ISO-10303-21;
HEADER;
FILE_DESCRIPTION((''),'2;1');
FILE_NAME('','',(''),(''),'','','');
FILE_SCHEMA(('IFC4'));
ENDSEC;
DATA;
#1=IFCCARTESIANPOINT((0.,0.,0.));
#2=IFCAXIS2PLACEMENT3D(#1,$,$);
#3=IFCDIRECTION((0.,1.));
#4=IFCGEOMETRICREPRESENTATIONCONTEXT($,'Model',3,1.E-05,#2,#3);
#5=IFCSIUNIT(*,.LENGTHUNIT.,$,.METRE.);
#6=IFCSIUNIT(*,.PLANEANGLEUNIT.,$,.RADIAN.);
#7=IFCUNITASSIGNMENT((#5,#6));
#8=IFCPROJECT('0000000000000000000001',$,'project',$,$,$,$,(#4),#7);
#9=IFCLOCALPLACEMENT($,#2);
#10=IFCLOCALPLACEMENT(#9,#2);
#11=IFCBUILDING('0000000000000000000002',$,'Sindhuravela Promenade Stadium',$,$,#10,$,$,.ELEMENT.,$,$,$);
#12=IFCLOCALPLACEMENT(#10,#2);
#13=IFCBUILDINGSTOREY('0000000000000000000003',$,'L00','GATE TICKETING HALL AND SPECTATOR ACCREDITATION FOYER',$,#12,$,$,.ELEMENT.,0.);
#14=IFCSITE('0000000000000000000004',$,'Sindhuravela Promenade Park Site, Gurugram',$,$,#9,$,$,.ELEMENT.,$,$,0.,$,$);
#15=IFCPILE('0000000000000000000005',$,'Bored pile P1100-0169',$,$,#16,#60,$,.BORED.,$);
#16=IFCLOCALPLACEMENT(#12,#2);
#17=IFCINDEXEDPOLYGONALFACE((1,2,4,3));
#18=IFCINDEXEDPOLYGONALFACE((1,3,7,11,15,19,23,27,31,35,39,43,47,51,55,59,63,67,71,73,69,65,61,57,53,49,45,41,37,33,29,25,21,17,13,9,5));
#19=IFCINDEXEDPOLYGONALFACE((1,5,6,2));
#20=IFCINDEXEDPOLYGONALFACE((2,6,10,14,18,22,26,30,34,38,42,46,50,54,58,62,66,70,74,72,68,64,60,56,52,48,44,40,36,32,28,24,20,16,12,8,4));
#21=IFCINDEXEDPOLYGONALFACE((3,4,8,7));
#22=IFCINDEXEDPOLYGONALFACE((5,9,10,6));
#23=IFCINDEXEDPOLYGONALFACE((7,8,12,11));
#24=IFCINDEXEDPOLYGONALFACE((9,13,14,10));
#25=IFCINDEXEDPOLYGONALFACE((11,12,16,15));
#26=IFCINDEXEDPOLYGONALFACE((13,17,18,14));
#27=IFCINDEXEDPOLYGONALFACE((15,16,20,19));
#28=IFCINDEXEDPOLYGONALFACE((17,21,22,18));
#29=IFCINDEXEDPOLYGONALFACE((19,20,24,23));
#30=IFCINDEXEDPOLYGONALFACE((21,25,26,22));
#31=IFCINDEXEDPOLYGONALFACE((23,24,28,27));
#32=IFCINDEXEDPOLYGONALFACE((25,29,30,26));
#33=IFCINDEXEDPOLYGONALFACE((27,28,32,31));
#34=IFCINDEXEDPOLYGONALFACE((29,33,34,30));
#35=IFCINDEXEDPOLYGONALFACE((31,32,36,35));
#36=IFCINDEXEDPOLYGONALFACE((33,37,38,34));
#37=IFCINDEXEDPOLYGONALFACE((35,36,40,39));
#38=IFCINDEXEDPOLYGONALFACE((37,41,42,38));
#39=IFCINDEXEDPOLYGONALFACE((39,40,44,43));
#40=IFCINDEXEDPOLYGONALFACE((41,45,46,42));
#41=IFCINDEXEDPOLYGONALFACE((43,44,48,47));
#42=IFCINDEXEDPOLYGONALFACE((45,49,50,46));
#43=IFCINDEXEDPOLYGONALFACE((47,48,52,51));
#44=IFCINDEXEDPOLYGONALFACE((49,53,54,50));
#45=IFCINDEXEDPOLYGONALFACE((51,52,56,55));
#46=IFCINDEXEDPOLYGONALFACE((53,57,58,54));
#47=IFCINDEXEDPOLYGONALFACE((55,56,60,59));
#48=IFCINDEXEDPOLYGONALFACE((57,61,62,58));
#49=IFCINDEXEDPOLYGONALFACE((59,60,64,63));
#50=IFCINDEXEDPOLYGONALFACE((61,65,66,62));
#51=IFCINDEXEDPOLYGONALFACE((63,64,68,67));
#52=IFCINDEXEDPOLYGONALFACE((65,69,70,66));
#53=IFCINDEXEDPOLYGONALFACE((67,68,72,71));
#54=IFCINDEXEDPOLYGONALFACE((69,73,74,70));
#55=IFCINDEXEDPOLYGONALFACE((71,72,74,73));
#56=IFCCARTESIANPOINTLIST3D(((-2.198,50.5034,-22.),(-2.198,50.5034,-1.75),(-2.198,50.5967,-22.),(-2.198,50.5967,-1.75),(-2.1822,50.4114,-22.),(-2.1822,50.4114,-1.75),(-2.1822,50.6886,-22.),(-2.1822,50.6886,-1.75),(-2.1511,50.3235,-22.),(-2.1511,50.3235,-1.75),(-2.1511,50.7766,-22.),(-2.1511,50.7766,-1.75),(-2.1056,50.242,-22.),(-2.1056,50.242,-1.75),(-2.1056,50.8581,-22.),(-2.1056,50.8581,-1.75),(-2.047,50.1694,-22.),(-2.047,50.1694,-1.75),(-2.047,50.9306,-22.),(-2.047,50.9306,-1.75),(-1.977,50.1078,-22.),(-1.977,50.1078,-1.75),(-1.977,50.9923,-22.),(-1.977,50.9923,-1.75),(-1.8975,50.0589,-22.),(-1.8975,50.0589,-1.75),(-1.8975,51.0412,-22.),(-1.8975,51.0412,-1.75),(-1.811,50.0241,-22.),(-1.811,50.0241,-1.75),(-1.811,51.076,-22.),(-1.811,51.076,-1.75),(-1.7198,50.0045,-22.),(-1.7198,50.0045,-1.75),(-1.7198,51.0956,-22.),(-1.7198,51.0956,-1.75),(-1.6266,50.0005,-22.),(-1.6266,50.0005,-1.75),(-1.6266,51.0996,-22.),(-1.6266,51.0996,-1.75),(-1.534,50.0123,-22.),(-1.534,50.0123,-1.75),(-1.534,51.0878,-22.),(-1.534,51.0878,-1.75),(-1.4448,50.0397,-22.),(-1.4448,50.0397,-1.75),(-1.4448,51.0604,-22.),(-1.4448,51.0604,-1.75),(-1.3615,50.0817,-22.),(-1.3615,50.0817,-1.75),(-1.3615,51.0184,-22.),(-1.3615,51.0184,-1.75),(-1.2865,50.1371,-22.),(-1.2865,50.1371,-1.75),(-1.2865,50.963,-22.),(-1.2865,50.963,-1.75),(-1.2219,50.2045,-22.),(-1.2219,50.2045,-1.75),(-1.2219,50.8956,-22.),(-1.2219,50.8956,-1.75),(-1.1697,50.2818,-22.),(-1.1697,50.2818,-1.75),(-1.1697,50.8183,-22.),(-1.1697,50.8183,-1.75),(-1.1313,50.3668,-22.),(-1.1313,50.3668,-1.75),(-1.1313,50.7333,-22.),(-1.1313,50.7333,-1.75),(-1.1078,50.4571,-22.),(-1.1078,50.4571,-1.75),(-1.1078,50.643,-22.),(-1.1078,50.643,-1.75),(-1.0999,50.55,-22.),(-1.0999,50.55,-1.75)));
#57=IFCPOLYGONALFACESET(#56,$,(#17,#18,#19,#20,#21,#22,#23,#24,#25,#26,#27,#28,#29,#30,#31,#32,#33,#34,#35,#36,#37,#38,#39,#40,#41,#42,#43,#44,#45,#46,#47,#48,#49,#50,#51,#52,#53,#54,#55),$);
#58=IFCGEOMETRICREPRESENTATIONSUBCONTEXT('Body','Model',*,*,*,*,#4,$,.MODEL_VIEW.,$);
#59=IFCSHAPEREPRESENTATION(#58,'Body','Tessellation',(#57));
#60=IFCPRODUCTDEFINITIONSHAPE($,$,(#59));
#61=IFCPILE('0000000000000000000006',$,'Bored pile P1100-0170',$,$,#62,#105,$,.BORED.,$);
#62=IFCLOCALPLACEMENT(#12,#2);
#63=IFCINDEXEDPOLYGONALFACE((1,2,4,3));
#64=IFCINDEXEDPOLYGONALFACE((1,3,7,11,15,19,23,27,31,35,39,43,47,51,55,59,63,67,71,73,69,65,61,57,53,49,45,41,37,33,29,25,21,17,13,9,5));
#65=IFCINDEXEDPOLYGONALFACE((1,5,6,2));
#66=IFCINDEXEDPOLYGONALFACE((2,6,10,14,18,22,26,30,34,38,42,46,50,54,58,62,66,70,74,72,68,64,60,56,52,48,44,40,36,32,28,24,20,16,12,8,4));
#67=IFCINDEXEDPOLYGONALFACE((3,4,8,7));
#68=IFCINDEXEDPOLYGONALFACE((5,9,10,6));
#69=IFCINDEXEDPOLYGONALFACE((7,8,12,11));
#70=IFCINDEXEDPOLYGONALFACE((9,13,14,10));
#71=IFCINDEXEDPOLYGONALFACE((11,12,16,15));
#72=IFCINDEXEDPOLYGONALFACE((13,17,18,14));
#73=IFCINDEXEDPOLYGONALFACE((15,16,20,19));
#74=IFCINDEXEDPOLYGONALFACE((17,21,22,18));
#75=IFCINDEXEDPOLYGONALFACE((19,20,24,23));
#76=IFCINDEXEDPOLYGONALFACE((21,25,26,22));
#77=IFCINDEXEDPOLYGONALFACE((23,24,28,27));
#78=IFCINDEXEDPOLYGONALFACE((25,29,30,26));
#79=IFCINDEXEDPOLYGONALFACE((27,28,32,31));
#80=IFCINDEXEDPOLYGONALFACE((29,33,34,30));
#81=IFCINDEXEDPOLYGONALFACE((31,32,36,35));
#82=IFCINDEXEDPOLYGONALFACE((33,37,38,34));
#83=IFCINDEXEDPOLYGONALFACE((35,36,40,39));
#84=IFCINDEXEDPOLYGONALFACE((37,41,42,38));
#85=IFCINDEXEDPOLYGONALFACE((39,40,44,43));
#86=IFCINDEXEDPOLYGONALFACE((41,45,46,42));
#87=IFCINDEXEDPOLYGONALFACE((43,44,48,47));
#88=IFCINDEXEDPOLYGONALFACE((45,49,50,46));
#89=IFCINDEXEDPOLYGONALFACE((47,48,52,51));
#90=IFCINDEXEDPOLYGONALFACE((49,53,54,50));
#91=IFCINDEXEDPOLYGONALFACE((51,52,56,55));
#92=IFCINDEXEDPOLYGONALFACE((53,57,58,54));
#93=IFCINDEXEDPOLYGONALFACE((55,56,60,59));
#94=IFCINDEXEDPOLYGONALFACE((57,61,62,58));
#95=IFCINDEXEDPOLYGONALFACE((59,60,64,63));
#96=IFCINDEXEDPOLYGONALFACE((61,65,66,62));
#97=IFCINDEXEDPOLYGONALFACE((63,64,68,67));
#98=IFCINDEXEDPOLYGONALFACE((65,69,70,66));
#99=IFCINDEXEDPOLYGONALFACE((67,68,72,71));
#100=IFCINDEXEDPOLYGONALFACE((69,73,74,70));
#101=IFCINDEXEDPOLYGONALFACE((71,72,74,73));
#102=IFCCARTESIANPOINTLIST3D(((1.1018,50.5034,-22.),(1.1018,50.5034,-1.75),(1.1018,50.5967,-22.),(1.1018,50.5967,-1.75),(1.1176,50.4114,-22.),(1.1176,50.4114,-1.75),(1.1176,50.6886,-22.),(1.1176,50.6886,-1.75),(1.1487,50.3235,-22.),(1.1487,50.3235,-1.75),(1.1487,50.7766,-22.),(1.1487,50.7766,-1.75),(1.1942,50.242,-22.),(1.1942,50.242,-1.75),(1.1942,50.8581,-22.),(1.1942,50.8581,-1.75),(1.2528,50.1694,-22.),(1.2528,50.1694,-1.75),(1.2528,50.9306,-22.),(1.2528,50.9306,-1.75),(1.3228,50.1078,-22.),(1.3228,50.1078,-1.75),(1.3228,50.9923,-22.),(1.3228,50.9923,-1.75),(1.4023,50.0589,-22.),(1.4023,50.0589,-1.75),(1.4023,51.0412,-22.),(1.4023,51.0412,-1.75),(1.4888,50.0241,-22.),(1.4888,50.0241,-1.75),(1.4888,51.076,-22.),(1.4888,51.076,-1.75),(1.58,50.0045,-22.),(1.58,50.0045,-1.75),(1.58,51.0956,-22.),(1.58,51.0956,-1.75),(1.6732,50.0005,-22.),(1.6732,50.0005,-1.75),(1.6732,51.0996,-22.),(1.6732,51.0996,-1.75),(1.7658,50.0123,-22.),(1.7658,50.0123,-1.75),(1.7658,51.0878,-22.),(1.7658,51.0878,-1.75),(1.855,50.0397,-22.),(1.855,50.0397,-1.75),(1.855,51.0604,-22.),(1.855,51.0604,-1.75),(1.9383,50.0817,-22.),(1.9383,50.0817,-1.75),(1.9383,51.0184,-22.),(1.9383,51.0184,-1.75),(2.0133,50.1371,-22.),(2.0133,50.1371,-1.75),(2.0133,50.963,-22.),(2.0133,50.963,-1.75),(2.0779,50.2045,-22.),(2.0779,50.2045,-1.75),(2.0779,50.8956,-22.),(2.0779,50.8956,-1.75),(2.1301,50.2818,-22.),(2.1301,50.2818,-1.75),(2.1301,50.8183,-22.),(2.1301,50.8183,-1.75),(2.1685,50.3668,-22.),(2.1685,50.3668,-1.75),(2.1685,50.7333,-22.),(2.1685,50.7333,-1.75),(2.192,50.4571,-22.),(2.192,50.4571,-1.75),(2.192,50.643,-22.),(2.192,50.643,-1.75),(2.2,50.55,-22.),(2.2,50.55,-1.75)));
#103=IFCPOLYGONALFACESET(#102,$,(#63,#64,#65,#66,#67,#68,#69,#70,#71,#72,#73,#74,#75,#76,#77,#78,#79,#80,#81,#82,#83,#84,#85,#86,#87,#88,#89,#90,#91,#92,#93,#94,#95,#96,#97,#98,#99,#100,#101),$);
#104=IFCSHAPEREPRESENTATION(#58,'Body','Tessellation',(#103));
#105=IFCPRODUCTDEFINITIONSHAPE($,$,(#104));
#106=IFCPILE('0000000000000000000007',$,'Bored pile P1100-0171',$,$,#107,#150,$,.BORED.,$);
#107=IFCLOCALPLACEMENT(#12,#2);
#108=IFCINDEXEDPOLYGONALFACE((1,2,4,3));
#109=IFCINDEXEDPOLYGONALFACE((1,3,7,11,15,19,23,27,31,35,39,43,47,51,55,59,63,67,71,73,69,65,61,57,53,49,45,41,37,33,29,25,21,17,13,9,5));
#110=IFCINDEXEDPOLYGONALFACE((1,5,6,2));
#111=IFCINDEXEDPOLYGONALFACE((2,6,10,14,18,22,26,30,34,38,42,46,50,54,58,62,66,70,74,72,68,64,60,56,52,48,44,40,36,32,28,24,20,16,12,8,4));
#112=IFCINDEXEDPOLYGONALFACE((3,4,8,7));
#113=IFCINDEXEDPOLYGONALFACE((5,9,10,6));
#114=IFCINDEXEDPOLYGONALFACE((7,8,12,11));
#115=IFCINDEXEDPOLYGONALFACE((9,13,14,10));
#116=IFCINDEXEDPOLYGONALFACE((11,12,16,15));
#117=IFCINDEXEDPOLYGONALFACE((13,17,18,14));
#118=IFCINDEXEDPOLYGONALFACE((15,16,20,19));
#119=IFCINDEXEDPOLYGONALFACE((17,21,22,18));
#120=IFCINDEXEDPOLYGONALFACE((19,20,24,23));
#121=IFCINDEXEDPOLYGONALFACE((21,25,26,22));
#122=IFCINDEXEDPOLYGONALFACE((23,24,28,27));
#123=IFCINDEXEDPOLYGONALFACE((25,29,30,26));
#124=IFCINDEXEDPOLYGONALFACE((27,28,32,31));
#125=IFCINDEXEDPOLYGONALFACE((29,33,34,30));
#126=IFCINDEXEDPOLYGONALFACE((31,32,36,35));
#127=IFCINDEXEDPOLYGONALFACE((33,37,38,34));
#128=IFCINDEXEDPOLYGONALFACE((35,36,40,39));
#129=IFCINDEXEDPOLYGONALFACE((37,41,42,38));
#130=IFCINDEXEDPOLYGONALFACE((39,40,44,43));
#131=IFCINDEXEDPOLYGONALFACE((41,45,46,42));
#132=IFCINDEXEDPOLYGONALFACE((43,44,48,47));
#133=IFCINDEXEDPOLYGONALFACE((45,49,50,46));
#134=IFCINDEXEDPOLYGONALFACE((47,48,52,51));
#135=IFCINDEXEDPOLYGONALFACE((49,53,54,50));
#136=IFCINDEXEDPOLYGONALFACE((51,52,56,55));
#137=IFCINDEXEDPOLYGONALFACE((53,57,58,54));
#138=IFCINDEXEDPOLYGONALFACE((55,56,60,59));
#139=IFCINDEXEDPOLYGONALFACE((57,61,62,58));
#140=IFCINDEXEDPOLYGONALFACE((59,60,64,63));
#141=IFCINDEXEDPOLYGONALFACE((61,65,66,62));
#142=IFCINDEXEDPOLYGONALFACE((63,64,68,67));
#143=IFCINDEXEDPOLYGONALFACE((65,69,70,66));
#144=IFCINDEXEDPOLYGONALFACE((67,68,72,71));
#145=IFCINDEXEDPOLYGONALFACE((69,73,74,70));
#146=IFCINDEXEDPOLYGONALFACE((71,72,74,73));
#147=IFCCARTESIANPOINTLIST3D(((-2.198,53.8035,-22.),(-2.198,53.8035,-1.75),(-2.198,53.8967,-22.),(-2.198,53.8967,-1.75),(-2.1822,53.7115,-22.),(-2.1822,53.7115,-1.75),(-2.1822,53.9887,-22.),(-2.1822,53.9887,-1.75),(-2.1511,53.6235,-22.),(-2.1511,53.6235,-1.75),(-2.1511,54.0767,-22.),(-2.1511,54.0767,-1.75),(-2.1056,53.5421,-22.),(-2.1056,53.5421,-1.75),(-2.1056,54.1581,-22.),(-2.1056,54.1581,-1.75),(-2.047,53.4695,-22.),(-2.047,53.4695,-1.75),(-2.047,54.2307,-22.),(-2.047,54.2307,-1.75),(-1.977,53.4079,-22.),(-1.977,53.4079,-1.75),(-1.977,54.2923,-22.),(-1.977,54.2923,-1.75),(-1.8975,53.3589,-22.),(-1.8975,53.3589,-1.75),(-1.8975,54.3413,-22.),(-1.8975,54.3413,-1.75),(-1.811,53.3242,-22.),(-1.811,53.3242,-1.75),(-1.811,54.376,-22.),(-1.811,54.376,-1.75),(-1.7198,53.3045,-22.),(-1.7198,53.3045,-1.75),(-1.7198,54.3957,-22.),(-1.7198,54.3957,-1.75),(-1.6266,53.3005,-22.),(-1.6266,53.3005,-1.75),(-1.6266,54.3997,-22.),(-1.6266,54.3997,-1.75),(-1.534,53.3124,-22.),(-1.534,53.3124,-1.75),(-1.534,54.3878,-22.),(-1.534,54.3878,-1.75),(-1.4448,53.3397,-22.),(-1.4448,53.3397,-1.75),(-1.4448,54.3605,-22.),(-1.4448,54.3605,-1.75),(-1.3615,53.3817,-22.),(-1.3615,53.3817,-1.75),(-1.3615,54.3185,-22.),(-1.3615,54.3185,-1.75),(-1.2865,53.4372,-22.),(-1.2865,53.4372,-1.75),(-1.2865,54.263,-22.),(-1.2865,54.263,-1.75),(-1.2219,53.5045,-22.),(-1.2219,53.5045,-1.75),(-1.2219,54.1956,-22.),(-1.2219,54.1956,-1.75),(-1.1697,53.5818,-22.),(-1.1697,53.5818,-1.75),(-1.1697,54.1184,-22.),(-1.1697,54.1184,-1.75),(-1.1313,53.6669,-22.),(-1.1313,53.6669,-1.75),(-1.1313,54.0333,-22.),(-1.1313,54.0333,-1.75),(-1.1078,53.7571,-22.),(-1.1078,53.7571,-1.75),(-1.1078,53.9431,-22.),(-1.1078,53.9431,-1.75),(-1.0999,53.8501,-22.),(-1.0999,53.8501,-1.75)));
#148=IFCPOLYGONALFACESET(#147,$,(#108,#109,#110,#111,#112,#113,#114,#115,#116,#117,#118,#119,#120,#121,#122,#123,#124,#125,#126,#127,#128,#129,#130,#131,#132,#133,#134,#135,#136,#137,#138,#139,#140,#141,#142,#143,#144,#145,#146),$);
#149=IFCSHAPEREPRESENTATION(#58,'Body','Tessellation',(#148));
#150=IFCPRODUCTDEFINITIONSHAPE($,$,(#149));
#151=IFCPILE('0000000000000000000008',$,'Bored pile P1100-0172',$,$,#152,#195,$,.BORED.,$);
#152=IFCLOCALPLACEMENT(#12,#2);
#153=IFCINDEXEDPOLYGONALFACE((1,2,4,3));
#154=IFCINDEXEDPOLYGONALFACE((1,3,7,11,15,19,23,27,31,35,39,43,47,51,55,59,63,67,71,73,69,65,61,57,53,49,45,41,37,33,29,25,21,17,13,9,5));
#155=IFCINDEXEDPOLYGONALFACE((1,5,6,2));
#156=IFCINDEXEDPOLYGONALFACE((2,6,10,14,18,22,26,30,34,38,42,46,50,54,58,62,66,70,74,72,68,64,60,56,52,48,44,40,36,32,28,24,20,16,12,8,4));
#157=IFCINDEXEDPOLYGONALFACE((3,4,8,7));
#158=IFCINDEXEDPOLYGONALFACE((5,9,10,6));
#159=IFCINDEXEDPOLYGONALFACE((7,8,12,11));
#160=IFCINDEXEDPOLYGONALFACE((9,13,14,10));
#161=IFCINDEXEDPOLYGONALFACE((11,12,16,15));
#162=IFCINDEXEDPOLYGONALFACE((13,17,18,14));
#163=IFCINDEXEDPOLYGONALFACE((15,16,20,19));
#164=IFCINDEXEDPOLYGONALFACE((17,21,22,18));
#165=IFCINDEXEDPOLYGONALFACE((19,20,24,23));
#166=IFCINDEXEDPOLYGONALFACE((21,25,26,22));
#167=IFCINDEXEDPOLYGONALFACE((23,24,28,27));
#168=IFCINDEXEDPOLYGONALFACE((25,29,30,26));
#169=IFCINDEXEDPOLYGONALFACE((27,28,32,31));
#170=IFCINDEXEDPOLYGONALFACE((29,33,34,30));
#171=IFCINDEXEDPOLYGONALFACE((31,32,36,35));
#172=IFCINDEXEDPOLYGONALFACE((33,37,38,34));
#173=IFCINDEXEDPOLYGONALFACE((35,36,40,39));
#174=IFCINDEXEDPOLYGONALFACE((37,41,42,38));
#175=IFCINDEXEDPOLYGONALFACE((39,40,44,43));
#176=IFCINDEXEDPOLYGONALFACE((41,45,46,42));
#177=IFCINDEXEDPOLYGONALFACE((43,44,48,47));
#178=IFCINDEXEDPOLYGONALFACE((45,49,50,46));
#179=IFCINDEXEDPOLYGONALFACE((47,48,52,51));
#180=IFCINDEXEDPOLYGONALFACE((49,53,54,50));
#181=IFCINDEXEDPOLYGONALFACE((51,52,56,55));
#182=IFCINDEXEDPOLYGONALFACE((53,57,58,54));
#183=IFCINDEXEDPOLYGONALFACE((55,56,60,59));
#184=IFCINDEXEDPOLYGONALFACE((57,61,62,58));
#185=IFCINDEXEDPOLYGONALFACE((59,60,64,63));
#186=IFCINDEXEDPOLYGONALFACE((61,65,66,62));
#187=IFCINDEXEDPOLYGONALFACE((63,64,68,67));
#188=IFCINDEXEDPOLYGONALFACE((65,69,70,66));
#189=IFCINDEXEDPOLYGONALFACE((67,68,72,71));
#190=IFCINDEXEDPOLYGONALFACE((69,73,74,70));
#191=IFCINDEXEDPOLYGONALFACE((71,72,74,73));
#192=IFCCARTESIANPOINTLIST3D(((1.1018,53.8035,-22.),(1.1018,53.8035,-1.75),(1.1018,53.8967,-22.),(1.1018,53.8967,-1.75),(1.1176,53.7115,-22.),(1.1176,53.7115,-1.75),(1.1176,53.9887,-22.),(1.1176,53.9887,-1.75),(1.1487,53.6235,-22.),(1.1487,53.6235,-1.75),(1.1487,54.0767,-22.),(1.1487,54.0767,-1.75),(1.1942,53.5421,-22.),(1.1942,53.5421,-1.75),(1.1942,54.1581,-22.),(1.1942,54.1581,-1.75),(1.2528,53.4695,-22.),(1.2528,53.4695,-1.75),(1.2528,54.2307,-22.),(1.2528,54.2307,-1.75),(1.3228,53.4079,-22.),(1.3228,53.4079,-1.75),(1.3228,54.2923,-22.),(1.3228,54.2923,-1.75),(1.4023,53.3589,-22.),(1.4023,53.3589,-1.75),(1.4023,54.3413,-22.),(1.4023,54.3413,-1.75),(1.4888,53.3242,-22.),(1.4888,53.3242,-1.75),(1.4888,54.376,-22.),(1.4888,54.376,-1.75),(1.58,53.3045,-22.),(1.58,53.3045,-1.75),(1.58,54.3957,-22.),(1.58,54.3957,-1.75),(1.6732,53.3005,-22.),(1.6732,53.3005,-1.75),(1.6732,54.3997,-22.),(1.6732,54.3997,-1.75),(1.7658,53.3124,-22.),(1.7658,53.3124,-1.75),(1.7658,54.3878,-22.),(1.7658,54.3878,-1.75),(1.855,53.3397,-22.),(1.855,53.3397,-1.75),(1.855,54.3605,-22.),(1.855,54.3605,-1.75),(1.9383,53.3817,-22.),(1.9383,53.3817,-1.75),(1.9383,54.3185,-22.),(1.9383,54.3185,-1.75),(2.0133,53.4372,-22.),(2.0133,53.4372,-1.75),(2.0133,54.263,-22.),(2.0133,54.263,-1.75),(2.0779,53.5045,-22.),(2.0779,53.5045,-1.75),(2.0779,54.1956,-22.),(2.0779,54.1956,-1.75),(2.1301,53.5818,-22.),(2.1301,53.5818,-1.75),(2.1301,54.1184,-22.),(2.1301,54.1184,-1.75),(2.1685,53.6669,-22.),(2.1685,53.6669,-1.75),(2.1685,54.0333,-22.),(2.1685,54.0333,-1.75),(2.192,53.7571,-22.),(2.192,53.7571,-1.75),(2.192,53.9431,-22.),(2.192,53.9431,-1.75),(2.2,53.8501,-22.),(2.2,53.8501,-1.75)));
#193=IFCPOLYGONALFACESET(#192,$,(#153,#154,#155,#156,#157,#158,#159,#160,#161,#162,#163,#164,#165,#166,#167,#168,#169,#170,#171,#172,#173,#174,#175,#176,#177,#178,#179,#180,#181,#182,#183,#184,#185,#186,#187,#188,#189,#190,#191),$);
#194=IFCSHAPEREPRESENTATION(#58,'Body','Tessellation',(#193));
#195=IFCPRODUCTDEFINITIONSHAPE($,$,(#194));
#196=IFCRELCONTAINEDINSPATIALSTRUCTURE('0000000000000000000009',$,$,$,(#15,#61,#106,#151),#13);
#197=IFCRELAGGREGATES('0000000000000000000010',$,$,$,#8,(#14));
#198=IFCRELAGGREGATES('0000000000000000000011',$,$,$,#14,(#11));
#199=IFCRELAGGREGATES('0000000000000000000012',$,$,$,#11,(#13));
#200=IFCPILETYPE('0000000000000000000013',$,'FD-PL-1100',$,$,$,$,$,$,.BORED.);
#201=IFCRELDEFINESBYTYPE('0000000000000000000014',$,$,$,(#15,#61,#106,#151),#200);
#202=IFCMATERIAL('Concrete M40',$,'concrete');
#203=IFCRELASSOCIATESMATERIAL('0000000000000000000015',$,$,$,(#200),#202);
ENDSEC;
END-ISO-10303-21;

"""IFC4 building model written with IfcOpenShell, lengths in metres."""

from ifc_helpers import new_model, si_unit, direction, frame, origin, origin_2d, place, context, subcontext, project, spatial, circle, extrude, material, material_profile, profile_set, type_object, element, save


model = new_model("IFC4")

# Units and contexts
model_context = context("Model", 3, precision=1e-05, world=origin(), true_north=direction((0.0, 1.0)))
body_context = subcontext(model_context, "Body", "Model", "MODEL_VIEW")
ifc_project = project(units=[si_unit("LENGTHUNIT", "METRE"), si_unit("PLANEANGLEUNIT", "RADIAN")], contexts=[model_context])

# Site, building, storey
site_placement = place(None, origin())
site = spatial("IfcSite", under=ifc_project, at=site_placement, Name="Sindhuravela Promenade Park Site, Gurugram", CompositionType="ELEMENT", RefElevation=0.0)
building_placement = place(site_placement, origin())
building = spatial("IfcBuilding", under=site, at=building_placement, Name="Sindhuravela Promenade Stadium", CompositionType="ELEMENT")
storey_placement = place(building_placement, origin())
storey = spatial("IfcBuildingStorey", under=building, at=storey_placement, Name="L00", Description="GATE TICKETING HALL AND SPECTATOR ACCREDITATION FOYER", CompositionType="ELEMENT", Elevation=0.0)

# Shared definitions
ifc_material_1 = material(Name="Concrete M40", Category="concrete")

# Piles
ifc_material_profile_1 = material_profile(ifc_material_1, circle(Radius=0.55, at=origin_2d()), Name="BORED PILE D1100")
ifc_profile_set_1 = profile_set([ifc_material_profile_1], Name="Concrete M40")
pile_type = type_object("IfcPileType", Name="FD-PL-1100", PredefinedType="BORED", material=ifc_profile_set_1)
for number, where, z_axis, x_axis, name in (
    (1, (-1.6499, 50.55, -1.75), (0.0, 0.0, -1.0), (1.0, 0.0, 0.0), "Bored pile P1100-0169"),
    (2, (1.6499, 50.55, -1.75), (0.0, 0.0, -1.0), (1.0, 0.0, 0.0), "Bored pile P1100-0170"),
    (3, (-1.6499, 53.8501, -1.75), (0.0, 0.0, -1.0), (1.0, 0.0, 0.0), "Bored pile P1100-0171"),
    (4, (1.6499, 53.8501, -1.75), (0.0, 0.0, -1.0), (1.0, 0.0, 0.0), "Bored pile P1100-0172"),
):
    element("IfcPile", number, at=place(storey_placement, frame(where, z_axis=z_axis, x_axis=x_axis)), inside=storey, type_object=pile_type, Name=name, PredefinedType="BORED", context=body_context, shape_type="SweptSolid", body=[
        extrude(circle(Radius=0.55, at=origin_2d()), origin(), (0.0, 0.0, 1.0), 20.25),
    ])

save(model, "model.ifc")
